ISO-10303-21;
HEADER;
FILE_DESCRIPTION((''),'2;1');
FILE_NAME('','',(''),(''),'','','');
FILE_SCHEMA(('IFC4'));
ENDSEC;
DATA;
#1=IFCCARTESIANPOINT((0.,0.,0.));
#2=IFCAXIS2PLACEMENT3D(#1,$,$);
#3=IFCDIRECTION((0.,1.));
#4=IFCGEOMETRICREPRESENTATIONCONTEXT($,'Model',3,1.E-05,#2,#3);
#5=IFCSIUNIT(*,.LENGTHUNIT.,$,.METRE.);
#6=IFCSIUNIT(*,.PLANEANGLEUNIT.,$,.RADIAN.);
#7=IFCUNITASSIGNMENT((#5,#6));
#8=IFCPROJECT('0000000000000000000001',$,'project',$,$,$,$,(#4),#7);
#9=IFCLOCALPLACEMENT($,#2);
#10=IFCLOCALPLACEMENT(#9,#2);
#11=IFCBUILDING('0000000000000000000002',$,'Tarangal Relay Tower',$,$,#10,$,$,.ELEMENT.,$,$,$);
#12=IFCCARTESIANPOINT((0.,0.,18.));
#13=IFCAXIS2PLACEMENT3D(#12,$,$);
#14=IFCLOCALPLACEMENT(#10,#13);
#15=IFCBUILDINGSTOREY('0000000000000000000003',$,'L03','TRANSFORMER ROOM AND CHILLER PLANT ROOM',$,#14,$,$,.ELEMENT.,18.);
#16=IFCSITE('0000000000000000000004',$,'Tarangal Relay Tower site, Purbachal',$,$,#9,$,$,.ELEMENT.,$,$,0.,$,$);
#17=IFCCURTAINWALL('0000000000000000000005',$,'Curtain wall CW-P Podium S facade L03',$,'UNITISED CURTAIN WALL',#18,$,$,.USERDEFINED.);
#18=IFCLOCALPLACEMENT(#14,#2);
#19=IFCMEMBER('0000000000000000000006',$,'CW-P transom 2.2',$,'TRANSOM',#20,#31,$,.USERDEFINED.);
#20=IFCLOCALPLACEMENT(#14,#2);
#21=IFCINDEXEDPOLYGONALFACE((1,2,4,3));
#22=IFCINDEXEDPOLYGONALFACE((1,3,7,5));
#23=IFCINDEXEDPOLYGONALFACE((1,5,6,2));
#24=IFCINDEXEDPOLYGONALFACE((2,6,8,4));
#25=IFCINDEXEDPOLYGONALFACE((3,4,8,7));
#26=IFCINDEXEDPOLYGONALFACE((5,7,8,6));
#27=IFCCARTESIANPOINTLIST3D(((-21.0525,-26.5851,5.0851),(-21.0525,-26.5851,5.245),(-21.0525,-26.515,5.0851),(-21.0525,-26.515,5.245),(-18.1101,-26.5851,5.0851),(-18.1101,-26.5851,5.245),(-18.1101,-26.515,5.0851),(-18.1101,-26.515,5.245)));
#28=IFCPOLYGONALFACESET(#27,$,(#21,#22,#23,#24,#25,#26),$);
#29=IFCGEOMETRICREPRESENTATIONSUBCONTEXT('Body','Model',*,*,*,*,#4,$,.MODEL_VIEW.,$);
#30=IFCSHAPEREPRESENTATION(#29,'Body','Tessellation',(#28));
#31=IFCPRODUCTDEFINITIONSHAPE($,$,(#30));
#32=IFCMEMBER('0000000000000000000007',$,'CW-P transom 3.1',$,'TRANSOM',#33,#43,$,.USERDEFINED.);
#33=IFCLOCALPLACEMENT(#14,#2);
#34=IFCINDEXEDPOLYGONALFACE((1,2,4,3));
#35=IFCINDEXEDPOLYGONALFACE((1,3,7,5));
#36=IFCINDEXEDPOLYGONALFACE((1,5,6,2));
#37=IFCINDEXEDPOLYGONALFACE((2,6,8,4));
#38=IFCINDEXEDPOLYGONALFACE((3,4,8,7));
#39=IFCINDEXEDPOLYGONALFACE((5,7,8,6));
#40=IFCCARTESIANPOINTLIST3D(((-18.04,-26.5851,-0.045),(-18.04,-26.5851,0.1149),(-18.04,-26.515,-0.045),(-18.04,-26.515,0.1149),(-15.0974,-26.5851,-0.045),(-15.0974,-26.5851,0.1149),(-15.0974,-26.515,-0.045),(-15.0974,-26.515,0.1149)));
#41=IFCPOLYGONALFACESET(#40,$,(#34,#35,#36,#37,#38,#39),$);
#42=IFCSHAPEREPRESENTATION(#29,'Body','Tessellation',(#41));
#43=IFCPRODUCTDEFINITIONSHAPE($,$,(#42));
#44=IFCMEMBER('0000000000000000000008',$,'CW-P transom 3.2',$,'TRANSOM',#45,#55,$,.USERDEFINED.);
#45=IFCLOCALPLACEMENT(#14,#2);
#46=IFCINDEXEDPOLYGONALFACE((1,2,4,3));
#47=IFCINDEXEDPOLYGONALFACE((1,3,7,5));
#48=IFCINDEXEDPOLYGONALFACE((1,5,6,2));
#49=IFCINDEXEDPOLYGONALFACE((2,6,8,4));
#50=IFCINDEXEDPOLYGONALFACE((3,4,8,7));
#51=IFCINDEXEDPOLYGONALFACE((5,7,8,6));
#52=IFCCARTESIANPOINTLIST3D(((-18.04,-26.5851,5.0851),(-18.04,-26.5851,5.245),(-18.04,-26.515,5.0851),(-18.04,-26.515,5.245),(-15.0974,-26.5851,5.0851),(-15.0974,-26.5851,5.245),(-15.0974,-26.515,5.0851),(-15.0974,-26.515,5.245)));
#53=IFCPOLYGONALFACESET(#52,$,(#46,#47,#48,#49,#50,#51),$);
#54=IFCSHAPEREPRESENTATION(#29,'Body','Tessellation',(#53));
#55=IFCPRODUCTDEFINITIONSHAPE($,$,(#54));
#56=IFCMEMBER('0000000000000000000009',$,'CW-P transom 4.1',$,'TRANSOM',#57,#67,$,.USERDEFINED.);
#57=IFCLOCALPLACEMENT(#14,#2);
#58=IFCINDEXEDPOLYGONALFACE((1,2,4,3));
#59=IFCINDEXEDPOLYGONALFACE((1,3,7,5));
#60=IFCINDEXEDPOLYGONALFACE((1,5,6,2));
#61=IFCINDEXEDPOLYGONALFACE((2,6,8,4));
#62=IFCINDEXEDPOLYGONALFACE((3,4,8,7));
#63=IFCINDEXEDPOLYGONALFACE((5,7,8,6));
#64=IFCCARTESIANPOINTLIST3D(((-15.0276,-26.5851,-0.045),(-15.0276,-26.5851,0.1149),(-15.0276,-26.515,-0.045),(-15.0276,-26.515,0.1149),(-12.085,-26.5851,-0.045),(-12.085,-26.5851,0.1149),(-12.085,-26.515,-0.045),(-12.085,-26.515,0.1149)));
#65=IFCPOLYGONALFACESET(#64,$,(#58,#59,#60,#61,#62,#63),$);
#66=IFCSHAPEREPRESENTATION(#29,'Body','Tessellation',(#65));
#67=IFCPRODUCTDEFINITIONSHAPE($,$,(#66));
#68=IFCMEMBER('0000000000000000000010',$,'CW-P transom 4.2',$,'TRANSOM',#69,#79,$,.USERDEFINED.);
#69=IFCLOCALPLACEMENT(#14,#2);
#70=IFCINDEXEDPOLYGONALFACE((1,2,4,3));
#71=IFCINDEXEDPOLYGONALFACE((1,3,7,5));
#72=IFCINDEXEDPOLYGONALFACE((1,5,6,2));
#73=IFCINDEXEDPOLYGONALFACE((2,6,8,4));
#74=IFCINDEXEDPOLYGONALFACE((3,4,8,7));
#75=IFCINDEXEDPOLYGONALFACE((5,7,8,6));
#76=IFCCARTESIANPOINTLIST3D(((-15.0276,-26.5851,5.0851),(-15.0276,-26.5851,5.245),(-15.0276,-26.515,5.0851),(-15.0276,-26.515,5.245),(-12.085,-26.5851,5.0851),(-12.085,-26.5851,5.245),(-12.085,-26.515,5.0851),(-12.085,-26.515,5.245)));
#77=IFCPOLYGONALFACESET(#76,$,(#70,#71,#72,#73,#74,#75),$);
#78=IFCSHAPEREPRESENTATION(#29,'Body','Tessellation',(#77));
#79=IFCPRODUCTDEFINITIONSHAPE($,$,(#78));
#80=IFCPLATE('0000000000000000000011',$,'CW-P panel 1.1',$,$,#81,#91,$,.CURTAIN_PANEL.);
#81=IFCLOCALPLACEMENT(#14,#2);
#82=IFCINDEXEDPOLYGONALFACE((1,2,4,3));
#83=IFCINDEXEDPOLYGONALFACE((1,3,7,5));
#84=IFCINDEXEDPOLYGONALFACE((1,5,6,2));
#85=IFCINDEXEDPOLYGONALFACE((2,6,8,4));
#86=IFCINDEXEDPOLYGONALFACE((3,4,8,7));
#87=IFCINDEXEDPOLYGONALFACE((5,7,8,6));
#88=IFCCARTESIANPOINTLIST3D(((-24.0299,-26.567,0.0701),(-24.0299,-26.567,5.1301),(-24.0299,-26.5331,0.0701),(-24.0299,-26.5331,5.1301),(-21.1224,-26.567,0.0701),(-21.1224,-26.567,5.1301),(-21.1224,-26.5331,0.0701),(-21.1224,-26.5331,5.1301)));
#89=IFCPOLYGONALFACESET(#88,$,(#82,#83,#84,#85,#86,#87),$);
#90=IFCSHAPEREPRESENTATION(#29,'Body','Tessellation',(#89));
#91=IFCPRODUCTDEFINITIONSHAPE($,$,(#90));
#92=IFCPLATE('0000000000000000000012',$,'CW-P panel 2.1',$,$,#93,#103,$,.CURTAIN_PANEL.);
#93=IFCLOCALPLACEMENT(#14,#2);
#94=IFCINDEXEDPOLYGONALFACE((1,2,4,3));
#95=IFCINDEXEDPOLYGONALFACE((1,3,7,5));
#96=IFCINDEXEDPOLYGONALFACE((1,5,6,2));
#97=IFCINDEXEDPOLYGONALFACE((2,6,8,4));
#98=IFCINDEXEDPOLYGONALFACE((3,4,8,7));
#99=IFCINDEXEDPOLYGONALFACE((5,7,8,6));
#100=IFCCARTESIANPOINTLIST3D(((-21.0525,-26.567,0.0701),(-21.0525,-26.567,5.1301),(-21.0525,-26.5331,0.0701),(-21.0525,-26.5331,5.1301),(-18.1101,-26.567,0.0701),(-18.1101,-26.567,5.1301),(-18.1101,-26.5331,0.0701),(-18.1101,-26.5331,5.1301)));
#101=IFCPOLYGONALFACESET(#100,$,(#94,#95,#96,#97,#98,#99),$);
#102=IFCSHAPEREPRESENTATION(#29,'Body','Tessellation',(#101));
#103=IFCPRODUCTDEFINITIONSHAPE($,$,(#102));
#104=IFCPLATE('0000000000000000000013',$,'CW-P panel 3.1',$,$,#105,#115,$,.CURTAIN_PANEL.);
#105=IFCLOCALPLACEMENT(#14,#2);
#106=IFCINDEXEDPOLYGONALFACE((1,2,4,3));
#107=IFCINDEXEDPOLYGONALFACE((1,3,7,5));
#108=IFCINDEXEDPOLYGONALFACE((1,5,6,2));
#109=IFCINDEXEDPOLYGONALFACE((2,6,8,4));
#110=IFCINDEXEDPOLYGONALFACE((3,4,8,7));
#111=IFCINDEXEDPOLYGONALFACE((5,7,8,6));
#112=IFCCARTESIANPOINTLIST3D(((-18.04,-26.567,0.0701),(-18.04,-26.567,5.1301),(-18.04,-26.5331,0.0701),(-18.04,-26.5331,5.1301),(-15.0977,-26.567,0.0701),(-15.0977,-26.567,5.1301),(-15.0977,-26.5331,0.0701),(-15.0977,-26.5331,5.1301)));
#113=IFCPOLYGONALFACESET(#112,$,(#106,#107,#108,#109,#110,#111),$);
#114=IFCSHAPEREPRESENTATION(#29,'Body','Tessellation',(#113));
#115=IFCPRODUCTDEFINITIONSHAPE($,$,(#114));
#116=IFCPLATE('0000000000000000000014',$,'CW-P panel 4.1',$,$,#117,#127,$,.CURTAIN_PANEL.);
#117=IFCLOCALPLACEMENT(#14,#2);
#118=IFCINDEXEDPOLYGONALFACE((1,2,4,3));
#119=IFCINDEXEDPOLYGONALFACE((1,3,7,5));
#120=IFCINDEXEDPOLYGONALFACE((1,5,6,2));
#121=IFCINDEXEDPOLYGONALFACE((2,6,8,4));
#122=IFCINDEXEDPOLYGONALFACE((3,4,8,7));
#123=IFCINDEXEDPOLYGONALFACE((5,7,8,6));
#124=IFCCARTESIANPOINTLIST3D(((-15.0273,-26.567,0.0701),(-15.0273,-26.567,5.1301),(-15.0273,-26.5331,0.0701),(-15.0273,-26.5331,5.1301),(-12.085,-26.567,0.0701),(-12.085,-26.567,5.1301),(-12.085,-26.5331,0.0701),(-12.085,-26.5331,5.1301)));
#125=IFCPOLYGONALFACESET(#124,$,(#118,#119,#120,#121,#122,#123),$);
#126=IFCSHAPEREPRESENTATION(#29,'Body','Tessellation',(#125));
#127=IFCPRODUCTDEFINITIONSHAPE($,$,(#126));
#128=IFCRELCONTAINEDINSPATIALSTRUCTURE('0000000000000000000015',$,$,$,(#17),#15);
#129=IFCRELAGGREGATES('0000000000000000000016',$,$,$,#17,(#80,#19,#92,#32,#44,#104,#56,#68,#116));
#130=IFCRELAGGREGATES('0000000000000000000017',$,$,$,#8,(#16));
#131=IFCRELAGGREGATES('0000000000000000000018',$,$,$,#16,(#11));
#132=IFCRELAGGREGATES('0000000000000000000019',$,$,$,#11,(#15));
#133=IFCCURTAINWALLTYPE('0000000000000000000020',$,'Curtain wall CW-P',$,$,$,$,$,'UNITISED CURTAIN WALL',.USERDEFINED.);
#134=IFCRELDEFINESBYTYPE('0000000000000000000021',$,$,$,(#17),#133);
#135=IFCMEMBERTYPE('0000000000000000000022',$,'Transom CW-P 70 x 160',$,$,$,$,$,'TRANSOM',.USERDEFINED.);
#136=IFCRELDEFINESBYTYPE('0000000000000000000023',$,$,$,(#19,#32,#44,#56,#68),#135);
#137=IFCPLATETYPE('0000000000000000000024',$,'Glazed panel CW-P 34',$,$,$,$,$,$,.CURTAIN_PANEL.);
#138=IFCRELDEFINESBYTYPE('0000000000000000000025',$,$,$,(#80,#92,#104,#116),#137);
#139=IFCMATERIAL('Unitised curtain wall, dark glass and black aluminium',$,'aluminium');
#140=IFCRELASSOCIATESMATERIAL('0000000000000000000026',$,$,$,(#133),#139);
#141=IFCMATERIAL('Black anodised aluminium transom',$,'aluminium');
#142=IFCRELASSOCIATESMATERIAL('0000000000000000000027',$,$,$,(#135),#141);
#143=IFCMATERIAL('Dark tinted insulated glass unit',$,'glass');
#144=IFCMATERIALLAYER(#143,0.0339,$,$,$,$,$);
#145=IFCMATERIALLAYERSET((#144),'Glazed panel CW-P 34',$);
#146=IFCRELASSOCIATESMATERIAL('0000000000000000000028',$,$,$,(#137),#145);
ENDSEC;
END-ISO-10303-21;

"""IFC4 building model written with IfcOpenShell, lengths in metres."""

from ifc_helpers import new_model, si_unit, direction, frame, origin, origin_2d, place, context, subcontext, project, spatial, rectangle, extrude, material, layer, layer_set, material_profile, profile_set, type_object, element, aggregate, save


model = new_model("IFC4")

# Units and contexts
model_context = context("Model", 3, precision=1e-05, world=origin(), true_north=direction((0.0, 1.0)))
body_context = subcontext(model_context, "Body", "Model", "MODEL_VIEW")
ifc_project = project(units=[si_unit("LENGTHUNIT", "METRE"), si_unit("PLANEANGLEUNIT", "RADIAN")], contexts=[model_context])

# Site, building, storey
site_placement = place(None, origin())
site = spatial("IfcSite", under=ifc_project, at=site_placement, Name="Tarangal Relay Tower site, Purbachal", CompositionType="ELEMENT", RefElevation=0.0)
building_placement = place(site_placement, origin())
building = spatial("IfcBuilding", under=site, at=building_placement, Name="Tarangal Relay Tower", CompositionType="ELEMENT")
storey_placement = place(building_placement, frame((0.0, 0.0, 18.0)))
storey = spatial("IfcBuildingStorey", under=building, at=storey_placement, Name="L03", Description="TRANSFORMER ROOM AND CHILLER PLANT ROOM", CompositionType="ELEMENT", Elevation=18.0)

# Curtain wall
ifc_material_1 = material(Name="Unitised curtain wall, dark glass and black aluminium", Category="aluminium")
curtain_wall_type = type_object("IfcCurtainWallType", Name="Curtain wall CW-P", ElementType="UNITISED CURTAIN WALL", PredefinedType="USERDEFINED", material=ifc_material_1)
curtain_wall_placement = place(storey_placement, origin())
curtain_wall = element("IfcCurtainWall", 1, at=curtain_wall_placement, inside=storey, type_object=curtain_wall_type, Name="Curtain wall CW-P Podium S facade L03", ObjectType="UNITISED CURTAIN WALL", PredefinedType="USERDEFINED")

# Members
ifc_material_2 = material(Name="Black anodised aluminium transom", Category="aluminium")
ifc_material_profile_1 = material_profile(ifc_material_2, rectangle(XDim=0.0701, YDim=0.1599, at=origin_2d()), Name="CW-PT 70X160")
ifc_profile_set_1 = profile_set([ifc_material_profile_1], Name="Black anodised aluminium transom")
member_type_1 = type_object("IfcMemberType", Name="Transom CW-P 70 x 160", ElementType="TRANSOM", PredefinedType="USERDEFINED", material=ifc_profile_set_1)
member_1_placement = place(storey_placement, frame((-21.0525, -26.55, 5.165), z_axis=(1.0, 0.0, 0.0), x_axis=(0.0, 1.0, 0.0)))
member_1 = element("IfcMember", 2, at=member_1_placement, type_object=member_type_1, Name="CW-P transom 2.2", ObjectType="TRANSOM", PredefinedType="USERDEFINED", context=body_context, shape_type="SweptSolid", body=[
    extrude(rectangle(XDim=0.0701, YDim=0.1599, at=origin_2d()), origin(), (0.0, 0.0, 1.0), 2.9424),
])
member_2_placement = place(storey_placement, frame((-18.04, -26.55, 0.0349), z_axis=(1.0, 0.0, 0.0), x_axis=(0.0, 1.0, 0.0)))
member_2 = element("IfcMember", 3, at=member_2_placement, type_object=member_type_1, Name="CW-P transom 3.1", ObjectType="TRANSOM", PredefinedType="USERDEFINED", context=body_context, shape_type="SweptSolid", body=[
    extrude(rectangle(XDim=0.0701, YDim=0.1599, at=origin_2d()), origin(), (0.0, 0.0, 1.0), 2.9426),
])
member_3_placement = place(storey_placement, frame((-18.04, -26.55, 5.165), z_axis=(1.0, 0.0, 0.0), x_axis=(0.0, 1.0, 0.0)))
member_3 = element("IfcMember", 4, at=member_3_placement, type_object=member_type_1, Name="CW-P transom 3.2", ObjectType="TRANSOM", PredefinedType="USERDEFINED", context=body_context, shape_type="SweptSolid", body=[
    extrude(rectangle(XDim=0.0701, YDim=0.1599, at=origin_2d()), origin(), (0.0, 0.0, 1.0), 2.9426),
])
member_4_placement = place(storey_placement, frame((-15.0276, -26.55, 0.0349), z_axis=(1.0, 0.0, 0.0), x_axis=(0.0, 1.0, 0.0)))
member_4 = element("IfcMember", 5, at=member_4_placement, type_object=member_type_1, Name="CW-P transom 4.1", ObjectType="TRANSOM", PredefinedType="USERDEFINED", context=body_context, shape_type="SweptSolid", body=[
    extrude(rectangle(XDim=0.0701, YDim=0.1599, at=origin_2d()), origin(), (0.0, 0.0, 1.0), 2.9426),
])
member_5_placement = place(storey_placement, frame((-15.0276, -26.55, 5.165), z_axis=(1.0, 0.0, 0.0), x_axis=(0.0, 1.0, 0.0)))
member_5 = element("IfcMember", 6, at=member_5_placement, type_object=member_type_1, Name="CW-P transom 4.2", ObjectType="TRANSOM", PredefinedType="USERDEFINED", context=body_context, shape_type="SweptSolid", body=[
    extrude(rectangle(XDim=0.0701, YDim=0.1599, at=origin_2d()), origin(), (0.0, 0.0, 1.0), 2.9426),
])

# Plates
ifc_material_3 = material(Name="Dark tinted insulated glass unit", Category="glass")
ifc_layer = layer(ifc_material_3, 0.0339)
ifc_layer_set = layer_set([ifc_layer], Name="Glazed panel CW-P 34")
plate_type = type_object("IfcPlateType", Name="Glazed panel CW-P 34", PredefinedType="CURTAIN_PANEL", material=ifc_layer_set)
plate_1_placement = place(storey_placement, frame((-22.5762, -26.55, 0.0701), z_axis=(0.0, 0.0, 1.0), x_axis=(1.0, 0.0, 0.0)))
plate_1 = element("IfcPlate", 7, at=plate_1_placement, type_object=plate_type, Name="CW-P panel 1.1", PredefinedType="CURTAIN_PANEL", context=body_context, shape_type="SweptSolid", body=[
    extrude(rectangle(XDim=2.9075, YDim=0.0339, at=origin_2d()), origin(), (0.0, 0.0, 1.0), 5.0601),
])
plate_2_placement = place(storey_placement, frame((-19.5813, -26.55, 0.0701), z_axis=(0.0, 0.0, 1.0), x_axis=(1.0, 0.0, 0.0)))
plate_2 = element("IfcPlate", 8, at=plate_2_placement, type_object=plate_type, Name="CW-P panel 2.1", PredefinedType="CURTAIN_PANEL", context=body_context, shape_type="SweptSolid", body=[
    extrude(rectangle(XDim=2.9424, YDim=0.0339, at=origin_2d()), origin(), (0.0, 0.0, 1.0), 5.0601),
])
plate_3_placement = place(storey_placement, frame((-16.5688, -26.55, 0.0701), z_axis=(0.0, 0.0, 1.0), x_axis=(1.0, 0.0, 0.0)))
plate_3 = element("IfcPlate", 9, at=plate_3_placement, type_object=plate_type, Name="CW-P panel 3.1", PredefinedType="CURTAIN_PANEL", context=body_context, shape_type="SweptSolid", body=[
    extrude(rectangle(XDim=2.9424, YDim=0.0339, at=origin_2d()), origin(), (0.0, 0.0, 1.0), 5.0601),
])
plate_4_placement = place(storey_placement, frame((-13.5562, -26.55, 0.0701), z_axis=(0.0, 0.0, 1.0), x_axis=(1.0, 0.0, 0.0)))
plate_4 = element("IfcPlate", 10, at=plate_4_placement, type_object=plate_type, Name="CW-P panel 4.1", PredefinedType="CURTAIN_PANEL", context=body_context, shape_type="SweptSolid", body=[
    extrude(rectangle(XDim=2.9424, YDim=0.0339, at=origin_2d()), origin(), (0.0, 0.0, 1.0), 5.0601),
])
aggregate(curtain_wall, [plate_1, member_1, plate_2, member_2, member_3, plate_3, member_4, member_5, plate_4])

save(model, "model.ifc")
